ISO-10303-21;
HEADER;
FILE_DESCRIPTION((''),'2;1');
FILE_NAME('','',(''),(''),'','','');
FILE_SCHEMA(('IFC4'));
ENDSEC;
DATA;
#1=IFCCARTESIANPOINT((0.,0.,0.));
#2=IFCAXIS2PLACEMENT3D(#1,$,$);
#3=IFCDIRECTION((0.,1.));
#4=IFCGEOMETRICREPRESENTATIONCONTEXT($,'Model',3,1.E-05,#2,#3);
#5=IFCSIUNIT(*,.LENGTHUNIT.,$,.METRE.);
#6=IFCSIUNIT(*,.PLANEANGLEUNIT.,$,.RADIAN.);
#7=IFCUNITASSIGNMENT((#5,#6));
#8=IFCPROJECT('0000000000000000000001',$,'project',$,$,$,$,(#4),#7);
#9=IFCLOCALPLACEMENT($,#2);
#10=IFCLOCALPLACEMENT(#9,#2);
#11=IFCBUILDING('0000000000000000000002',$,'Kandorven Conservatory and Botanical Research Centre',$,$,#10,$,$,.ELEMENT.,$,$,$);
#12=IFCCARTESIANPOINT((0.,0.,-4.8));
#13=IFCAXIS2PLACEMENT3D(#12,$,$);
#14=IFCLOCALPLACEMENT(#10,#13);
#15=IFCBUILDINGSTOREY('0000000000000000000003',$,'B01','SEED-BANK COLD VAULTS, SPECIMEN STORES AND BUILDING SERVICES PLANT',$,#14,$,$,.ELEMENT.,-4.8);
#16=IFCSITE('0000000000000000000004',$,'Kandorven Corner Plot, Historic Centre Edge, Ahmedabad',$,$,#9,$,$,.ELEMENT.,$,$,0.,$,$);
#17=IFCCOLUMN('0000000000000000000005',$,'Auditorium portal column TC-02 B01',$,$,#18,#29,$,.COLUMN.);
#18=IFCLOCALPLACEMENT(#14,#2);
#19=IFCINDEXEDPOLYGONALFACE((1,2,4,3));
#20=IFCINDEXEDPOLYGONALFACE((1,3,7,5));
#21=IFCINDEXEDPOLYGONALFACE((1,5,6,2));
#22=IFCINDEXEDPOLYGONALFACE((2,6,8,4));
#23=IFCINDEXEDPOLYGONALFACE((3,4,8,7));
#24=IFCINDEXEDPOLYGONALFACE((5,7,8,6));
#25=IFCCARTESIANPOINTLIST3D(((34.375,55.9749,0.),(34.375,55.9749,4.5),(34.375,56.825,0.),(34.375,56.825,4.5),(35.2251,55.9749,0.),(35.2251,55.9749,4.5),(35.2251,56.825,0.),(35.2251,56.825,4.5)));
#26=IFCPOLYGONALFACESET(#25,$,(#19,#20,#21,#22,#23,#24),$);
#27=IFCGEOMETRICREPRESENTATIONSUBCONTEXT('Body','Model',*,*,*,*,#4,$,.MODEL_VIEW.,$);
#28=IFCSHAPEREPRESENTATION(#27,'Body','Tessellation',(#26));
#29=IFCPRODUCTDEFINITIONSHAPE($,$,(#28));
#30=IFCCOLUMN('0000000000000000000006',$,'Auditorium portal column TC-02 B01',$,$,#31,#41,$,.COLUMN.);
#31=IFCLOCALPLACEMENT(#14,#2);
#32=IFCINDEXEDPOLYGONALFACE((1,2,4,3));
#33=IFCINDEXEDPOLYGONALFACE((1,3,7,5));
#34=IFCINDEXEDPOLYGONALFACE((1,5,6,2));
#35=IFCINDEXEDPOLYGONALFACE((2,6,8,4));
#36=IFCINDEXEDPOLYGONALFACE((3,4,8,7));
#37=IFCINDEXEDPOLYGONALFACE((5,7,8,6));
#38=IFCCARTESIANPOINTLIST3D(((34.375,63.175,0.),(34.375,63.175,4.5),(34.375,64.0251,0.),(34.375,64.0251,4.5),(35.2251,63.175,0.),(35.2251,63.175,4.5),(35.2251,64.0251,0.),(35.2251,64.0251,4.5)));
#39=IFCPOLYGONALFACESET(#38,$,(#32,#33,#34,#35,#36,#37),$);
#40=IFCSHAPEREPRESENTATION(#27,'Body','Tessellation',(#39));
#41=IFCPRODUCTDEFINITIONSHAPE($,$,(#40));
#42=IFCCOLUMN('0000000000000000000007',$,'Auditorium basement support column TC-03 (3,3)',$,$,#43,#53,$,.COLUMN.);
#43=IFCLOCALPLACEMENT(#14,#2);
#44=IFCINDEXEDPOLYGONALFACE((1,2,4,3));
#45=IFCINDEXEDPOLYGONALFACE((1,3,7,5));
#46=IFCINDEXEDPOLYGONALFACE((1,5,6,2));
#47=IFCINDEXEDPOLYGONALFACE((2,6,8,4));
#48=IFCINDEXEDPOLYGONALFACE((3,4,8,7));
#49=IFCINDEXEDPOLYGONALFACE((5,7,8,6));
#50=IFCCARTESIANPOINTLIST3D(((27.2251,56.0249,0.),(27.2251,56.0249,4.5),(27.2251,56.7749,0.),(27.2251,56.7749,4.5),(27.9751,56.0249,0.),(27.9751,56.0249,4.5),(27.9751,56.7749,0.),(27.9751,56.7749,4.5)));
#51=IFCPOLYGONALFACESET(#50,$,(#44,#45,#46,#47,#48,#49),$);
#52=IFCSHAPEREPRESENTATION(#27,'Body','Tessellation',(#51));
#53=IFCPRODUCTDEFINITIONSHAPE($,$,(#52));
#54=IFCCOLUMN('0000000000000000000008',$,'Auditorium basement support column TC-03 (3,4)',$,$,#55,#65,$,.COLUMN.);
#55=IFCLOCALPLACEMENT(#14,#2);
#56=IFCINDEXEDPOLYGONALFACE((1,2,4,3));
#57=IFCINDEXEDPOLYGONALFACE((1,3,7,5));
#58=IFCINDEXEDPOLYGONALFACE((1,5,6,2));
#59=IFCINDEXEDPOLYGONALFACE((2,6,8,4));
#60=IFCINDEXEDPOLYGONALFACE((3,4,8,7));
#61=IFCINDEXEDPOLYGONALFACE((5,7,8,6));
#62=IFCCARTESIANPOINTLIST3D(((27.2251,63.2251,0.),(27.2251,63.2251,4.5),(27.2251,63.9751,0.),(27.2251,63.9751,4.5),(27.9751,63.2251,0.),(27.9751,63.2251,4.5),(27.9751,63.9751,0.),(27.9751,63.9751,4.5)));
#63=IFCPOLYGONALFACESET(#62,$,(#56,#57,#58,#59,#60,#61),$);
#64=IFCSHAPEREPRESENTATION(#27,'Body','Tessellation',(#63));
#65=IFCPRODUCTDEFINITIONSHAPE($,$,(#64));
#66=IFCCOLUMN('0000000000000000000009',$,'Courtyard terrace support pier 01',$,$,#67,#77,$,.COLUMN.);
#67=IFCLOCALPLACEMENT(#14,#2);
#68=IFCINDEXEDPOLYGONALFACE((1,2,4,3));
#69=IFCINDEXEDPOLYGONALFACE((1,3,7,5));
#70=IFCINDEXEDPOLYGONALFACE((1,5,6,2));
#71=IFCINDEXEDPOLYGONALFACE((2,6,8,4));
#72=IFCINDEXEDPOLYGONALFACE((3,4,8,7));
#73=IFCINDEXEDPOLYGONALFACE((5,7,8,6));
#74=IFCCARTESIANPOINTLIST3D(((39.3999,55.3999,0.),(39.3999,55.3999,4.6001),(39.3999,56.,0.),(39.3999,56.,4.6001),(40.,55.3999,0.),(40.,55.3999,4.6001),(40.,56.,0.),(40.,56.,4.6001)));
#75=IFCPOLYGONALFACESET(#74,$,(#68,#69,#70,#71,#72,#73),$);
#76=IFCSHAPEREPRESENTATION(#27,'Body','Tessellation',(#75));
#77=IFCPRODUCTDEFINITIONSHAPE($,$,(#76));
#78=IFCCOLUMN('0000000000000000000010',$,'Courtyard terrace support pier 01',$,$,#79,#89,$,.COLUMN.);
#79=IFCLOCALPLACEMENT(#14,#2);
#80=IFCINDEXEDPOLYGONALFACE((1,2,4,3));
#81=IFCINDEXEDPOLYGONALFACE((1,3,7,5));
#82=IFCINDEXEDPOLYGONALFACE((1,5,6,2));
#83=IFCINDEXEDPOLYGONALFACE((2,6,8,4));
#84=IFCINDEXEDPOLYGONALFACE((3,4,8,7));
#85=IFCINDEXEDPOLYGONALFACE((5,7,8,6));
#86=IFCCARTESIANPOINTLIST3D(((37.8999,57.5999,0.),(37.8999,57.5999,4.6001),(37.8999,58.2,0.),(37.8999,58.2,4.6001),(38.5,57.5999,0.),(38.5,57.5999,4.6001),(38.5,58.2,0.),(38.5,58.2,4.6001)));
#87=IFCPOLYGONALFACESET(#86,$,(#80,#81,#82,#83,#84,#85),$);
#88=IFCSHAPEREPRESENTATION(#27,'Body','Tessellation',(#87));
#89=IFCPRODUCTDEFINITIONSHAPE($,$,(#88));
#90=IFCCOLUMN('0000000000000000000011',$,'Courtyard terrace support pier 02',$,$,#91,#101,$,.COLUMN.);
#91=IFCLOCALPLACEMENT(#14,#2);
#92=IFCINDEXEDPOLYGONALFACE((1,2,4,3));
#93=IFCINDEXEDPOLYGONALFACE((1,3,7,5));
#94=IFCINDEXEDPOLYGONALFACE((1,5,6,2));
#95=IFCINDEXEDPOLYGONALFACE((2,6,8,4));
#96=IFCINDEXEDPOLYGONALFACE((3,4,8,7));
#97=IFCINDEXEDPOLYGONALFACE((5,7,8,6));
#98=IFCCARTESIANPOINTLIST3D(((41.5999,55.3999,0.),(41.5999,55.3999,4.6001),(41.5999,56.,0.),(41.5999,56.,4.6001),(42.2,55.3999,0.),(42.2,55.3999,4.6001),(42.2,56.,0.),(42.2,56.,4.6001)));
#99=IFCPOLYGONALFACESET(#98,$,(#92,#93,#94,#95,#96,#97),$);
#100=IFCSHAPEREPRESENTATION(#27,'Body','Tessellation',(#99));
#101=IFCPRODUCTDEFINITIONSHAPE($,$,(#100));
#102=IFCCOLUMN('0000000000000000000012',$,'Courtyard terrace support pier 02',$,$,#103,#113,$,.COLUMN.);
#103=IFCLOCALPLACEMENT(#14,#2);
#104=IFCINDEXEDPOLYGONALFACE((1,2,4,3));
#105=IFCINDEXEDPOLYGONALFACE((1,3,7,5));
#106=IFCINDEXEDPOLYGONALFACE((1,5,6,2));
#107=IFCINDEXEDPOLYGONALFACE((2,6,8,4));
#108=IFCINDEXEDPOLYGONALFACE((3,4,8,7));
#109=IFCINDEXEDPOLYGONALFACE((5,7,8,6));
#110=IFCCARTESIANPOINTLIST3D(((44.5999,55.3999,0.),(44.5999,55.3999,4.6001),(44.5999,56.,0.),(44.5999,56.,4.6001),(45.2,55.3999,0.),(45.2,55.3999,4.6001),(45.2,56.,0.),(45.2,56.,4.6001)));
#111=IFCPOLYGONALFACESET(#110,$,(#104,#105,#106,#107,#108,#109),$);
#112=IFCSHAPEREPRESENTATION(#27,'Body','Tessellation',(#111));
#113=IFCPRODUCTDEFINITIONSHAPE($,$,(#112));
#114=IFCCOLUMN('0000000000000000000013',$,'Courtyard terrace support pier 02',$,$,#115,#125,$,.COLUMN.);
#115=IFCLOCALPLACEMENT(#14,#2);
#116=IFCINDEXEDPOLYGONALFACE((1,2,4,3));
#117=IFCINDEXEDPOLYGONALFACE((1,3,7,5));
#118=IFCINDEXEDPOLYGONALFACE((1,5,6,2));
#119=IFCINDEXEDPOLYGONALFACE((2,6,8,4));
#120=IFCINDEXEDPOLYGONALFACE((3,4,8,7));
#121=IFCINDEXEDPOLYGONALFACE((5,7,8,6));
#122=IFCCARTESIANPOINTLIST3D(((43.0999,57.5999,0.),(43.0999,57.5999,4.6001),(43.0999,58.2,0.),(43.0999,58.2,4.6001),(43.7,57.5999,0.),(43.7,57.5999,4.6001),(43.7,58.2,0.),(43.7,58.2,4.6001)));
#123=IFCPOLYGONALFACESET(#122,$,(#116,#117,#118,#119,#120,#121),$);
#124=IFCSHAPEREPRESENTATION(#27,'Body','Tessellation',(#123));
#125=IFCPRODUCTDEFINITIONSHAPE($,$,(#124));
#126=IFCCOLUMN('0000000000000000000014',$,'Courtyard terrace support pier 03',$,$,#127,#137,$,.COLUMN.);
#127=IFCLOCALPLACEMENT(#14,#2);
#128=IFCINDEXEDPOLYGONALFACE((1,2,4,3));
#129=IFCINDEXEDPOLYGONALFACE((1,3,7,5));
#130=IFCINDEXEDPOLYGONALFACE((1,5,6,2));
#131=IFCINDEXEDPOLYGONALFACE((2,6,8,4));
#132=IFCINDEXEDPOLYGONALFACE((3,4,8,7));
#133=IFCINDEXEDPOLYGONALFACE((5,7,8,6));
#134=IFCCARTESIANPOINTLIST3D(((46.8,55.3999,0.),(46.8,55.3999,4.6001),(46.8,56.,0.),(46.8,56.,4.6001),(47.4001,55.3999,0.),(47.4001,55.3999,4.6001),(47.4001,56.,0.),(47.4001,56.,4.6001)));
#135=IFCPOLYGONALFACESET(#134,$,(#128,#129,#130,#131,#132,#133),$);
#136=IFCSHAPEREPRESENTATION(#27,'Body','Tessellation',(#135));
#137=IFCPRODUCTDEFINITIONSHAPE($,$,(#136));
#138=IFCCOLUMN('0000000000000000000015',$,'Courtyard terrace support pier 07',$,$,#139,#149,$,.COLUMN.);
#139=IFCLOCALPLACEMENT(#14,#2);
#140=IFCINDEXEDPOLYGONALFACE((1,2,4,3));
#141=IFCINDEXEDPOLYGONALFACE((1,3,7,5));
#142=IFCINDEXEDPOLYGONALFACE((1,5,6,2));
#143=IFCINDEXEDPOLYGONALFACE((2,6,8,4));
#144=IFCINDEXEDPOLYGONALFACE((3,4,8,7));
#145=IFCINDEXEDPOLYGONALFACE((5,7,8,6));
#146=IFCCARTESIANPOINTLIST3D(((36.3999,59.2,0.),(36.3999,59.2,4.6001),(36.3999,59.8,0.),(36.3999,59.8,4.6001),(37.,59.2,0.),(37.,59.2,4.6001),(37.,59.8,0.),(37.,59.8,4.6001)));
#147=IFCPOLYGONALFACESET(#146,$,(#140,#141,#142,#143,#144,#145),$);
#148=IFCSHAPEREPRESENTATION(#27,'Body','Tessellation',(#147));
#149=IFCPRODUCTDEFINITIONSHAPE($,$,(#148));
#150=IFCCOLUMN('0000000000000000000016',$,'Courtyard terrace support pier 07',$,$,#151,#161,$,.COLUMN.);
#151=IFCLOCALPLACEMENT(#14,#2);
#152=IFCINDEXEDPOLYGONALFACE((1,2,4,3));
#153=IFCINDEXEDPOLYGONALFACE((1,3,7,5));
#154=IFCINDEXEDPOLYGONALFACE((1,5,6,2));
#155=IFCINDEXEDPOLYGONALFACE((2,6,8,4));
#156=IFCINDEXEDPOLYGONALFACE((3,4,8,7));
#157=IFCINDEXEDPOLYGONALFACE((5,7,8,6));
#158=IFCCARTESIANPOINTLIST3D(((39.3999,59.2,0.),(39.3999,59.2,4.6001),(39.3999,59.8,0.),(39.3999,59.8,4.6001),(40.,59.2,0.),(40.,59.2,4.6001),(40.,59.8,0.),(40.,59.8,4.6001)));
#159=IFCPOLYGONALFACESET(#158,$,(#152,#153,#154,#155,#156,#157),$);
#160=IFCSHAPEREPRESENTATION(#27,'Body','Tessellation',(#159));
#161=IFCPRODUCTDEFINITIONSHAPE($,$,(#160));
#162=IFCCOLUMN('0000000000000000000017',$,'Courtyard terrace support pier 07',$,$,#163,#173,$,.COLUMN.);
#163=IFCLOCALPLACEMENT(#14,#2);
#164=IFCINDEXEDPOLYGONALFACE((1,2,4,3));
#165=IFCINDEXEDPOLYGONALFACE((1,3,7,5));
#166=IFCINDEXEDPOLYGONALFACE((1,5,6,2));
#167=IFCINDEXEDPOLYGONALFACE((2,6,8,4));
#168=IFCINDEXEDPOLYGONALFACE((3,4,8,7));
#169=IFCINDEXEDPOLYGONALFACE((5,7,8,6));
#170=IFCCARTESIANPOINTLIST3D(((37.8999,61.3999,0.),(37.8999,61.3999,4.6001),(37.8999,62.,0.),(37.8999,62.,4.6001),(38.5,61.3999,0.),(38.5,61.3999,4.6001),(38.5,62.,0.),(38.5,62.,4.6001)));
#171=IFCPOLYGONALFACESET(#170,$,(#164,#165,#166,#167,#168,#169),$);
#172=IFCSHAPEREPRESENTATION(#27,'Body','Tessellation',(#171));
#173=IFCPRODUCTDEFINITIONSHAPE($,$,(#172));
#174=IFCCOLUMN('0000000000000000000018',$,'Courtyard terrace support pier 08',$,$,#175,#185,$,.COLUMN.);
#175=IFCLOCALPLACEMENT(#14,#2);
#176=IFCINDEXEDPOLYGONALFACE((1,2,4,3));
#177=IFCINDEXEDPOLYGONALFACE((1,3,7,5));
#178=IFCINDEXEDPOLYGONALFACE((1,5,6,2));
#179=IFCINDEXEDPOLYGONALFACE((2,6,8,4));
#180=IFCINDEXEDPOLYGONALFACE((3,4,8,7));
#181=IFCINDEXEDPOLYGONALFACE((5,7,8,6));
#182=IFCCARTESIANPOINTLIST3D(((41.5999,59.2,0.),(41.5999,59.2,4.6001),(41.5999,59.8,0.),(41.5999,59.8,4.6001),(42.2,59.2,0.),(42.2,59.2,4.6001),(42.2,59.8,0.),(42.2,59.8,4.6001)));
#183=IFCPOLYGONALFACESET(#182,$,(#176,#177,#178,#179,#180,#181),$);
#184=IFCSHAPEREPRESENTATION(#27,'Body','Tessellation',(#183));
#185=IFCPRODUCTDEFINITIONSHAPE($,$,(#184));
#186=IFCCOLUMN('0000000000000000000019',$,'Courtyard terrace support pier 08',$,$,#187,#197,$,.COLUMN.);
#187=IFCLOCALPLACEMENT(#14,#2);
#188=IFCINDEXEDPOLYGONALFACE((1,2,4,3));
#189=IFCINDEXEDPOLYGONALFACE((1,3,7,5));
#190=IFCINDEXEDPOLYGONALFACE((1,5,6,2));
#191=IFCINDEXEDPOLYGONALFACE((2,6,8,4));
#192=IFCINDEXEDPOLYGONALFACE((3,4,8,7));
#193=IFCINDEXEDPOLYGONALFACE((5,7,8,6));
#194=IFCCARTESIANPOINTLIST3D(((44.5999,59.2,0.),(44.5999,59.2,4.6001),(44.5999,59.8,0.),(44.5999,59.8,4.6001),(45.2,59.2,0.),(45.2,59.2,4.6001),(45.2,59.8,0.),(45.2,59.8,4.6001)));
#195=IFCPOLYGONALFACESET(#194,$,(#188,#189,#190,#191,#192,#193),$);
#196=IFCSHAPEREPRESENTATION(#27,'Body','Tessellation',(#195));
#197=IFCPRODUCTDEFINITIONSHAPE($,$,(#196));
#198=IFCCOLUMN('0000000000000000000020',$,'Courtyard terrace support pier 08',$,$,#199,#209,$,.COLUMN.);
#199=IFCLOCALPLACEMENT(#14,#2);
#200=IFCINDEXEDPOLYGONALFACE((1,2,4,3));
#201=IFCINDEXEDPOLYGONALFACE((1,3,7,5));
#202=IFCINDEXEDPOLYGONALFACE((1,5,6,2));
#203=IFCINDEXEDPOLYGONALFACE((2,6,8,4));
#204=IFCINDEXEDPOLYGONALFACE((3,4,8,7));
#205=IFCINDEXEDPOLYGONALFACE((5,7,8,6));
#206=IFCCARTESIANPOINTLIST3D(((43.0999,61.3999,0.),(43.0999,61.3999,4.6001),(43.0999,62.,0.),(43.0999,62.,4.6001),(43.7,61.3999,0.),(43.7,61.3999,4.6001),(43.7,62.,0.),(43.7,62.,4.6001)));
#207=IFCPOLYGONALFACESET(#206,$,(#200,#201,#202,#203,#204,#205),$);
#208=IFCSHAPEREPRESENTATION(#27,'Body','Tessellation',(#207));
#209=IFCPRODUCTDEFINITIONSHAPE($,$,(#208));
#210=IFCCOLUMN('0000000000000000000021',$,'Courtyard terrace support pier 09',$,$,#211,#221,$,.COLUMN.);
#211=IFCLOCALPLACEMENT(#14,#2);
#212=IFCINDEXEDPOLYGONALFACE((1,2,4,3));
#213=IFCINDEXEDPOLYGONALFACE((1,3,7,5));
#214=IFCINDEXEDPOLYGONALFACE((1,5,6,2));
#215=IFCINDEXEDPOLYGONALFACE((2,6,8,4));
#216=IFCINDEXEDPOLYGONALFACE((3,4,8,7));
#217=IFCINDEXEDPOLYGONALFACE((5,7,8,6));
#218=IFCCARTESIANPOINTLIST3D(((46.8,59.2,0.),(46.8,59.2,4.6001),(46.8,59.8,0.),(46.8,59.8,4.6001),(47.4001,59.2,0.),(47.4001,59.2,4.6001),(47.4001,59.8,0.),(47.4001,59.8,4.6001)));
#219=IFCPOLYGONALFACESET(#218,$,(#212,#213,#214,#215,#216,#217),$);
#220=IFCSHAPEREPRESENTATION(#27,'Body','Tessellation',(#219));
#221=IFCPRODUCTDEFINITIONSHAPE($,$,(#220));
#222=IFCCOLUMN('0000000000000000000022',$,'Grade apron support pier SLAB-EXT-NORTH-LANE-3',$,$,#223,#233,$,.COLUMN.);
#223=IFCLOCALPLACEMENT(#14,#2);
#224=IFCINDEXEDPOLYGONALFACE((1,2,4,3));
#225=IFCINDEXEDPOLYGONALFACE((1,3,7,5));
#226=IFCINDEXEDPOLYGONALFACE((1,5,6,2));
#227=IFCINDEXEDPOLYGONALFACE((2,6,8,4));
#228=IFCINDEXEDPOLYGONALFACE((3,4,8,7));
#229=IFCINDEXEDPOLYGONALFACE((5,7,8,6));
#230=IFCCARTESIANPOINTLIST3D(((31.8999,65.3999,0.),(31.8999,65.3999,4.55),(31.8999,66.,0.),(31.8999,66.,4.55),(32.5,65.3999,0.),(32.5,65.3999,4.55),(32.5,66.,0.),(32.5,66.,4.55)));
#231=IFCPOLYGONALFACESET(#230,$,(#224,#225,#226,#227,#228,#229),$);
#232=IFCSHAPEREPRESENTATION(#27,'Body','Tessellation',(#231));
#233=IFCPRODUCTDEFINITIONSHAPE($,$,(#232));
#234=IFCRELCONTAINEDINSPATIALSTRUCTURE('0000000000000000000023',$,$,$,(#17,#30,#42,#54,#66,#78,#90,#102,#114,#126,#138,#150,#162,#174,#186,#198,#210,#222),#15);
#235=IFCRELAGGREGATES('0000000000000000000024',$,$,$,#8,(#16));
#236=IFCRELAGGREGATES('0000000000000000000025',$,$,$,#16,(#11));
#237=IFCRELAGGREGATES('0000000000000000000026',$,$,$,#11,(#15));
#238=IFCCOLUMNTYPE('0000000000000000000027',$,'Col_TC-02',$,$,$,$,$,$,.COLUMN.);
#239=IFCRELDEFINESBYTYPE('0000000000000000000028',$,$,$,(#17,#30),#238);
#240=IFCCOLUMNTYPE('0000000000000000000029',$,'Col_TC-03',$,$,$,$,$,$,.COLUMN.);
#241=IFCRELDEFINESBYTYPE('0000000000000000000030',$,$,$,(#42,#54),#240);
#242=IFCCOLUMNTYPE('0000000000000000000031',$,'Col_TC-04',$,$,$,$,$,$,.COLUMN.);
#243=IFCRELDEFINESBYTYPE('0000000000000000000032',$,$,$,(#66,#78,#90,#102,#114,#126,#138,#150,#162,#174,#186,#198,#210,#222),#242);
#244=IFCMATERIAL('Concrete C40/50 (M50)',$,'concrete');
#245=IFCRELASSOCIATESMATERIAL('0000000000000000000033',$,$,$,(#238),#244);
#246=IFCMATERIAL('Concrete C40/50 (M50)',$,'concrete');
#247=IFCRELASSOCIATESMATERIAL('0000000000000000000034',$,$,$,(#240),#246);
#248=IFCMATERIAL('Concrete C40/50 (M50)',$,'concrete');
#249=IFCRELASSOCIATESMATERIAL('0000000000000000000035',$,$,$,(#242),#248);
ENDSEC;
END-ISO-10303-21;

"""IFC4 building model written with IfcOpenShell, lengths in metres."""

from ifc_helpers import new_model, si_unit, direction, frame, origin, origin_2d, place, context, subcontext, project, spatial, rectangle, extrude, material, material_profile, profile_set, type_object, element, save


model = new_model("IFC4")

# Units and contexts
model_context = context("Model", 3, precision=1e-05, world=origin(), true_north=direction((0.0, 1.0)))
body_context = subcontext(model_context, "Body", "Model", "MODEL_VIEW")
ifc_project = project(units=[si_unit("LENGTHUNIT", "METRE"), si_unit("PLANEANGLEUNIT", "RADIAN")], contexts=[model_context])

# Site, building, storey
site_placement = place(None, origin())
site = spatial("IfcSite", under=ifc_project, at=site_placement, Name="Kandorven Corner Plot, Historic Centre Edge, Ahmedabad", CompositionType="ELEMENT", RefElevation=0.0)
building_placement = place(site_placement, origin())
building = spatial("IfcBuilding", under=site, at=building_placement, Name="Kandorven Conservatory and Botanical Research Centre", CompositionType="ELEMENT")
storey_placement = place(building_placement, frame((0.0, 0.0, -4.8)))
storey = spatial("IfcBuildingStorey", under=building, at=storey_placement, Name="B01", Description="SEED-BANK COLD VAULTS, SPECIMEN STORES AND BUILDING SERVICES PLANT", CompositionType="ELEMENT", Elevation=-4.8)

# Columns
ifc_material_1 = material(Name="Concrete C40/50 (M50)", Category="concrete")
ifc_material_profile_1 = material_profile(ifc_material_1, rectangle(XDim=0.8501, YDim=0.8501, at=origin_2d()))
ifc_profile_set_1 = profile_set([ifc_material_profile_1], Name="Concrete C40/50 (M50)")
column_type_1 = type_object("IfcColumnType", Name="Col_TC-02", PredefinedType="COLUMN", material=ifc_profile_set_1)
for number, where, z_axis, x_axis, name in (
    (1, (34.8, 56.3999, 0.0), (0.0, 0.0, 1.0), (1.0, 0.0, 0.0), "Auditorium portal column TC-02 B01"),
    (2, (34.8, 63.6001, 0.0), (0.0, 0.0, 1.0), (1.0, 0.0, 0.0), "Auditorium portal column TC-02 B01"),
):
    element("IfcColumn", number, at=place(storey_placement, frame(where, z_axis=z_axis, x_axis=x_axis)), inside=storey, type_object=column_type_1, Name=name, PredefinedType="COLUMN", context=body_context, shape_type="SweptSolid", body=[
        extrude(rectangle(XDim=0.8501, YDim=0.8501, at=origin_2d()), origin(), (0.0, 0.0, 1.0), 4.5),
    ])
ifc_material_2 = material(Name="Concrete C40/50 (M50)", Category="concrete")
ifc_material_profile_2 = material_profile(ifc_material_2, rectangle(XDim=0.75, YDim=0.75, at=origin_2d()))
ifc_profile_set_2 = profile_set([ifc_material_profile_2], Name="Concrete C40/50 (M50)")
column_type_2 = type_object("IfcColumnType", Name="Col_TC-03", PredefinedType="COLUMN", material=ifc_profile_set_2)
for number, where, z_axis, x_axis, name in (
    (3, (27.6001, 56.3999, 0.0), (0.0, 0.0, 1.0), (1.0, 0.0, 0.0), "Auditorium basement support column TC-03 (3,3)"),
    (4, (27.6001, 63.6001, 0.0), (0.0, 0.0, 1.0), (1.0, 0.0, 0.0), "Auditorium basement support column TC-03 (3,4)"),
):
    element("IfcColumn", number, at=place(storey_placement, frame(where, z_axis=z_axis, x_axis=x_axis)), inside=storey, type_object=column_type_2, Name=name, PredefinedType="COLUMN", context=body_context, shape_type="SweptSolid", body=[
        extrude(rectangle(XDim=0.75, YDim=0.75, at=origin_2d()), origin(), (0.0, 0.0, 1.0), 4.5),
    ])
ifc_material_3 = material(Name="Concrete C40/50 (M50)", Category="concrete")
ifc_material_profile_3 = material_profile(ifc_material_3, rectangle(XDim=0.6001, YDim=0.6001, at=origin_2d()))
ifc_profile_set_3 = profile_set([ifc_material_profile_3], Name="Concrete C40/50 (M50)")
column_type_3 = type_object("IfcColumnType", Name="Col_TC-04", PredefinedType="COLUMN", material=ifc_profile_set_3)
for number, where, z_axis, x_axis, name in (
    (5, (39.7, 55.7, 0.0), (0.0, 0.0, 1.0), (1.0, 0.0, 0.0), "Courtyard terrace support pier 01"),
    (6, (38.2, 57.8999, 0.0), (0.0, 0.0, 1.0), (1.0, 0.0, 0.0), "Courtyard terrace support pier 01"),
    (7, (41.8999, 55.7, 0.0), (0.0, 0.0, 1.0), (1.0, 0.0, 0.0), "Courtyard terrace support pier 02"),
    (8, (44.8999, 55.7, 0.0), (0.0, 0.0, 1.0), (1.0, 0.0, 0.0), "Courtyard terrace support pier 02"),
    (9, (43.3999, 57.8999, 0.0), (0.0, 0.0, 1.0), (1.0, 0.0, 0.0), "Courtyard terrace support pier 02"),
    (10, (47.1001, 55.7, 0.0), (0.0, 0.0, 1.0), (1.0, 0.0, 0.0), "Courtyard terrace support pier 03"),
    (11, (36.7, 59.5, 0.0), (0.0, 0.0, 1.0), (1.0, 0.0, 0.0), "Courtyard terrace support pier 07"),
    (12, (39.7, 59.5, 0.0), (0.0, 0.0, 1.0), (1.0, 0.0, 0.0), "Courtyard terrace support pier 07"),
    (13, (38.2, 61.7, 0.0), (0.0, 0.0, 1.0), (1.0, 0.0, 0.0), "Courtyard terrace support pier 07"),
    (14, (41.8999, 59.5, 0.0), (0.0, 0.0, 1.0), (1.0, 0.0, 0.0), "Courtyard terrace support pier 08"),
    (15, (44.8999, 59.5, 0.0), (0.0, 0.0, 1.0), (1.0, 0.0, 0.0), "Courtyard terrace support pier 08"),
    (16, (43.3999, 61.7, 0.0), (0.0, 0.0, 1.0), (1.0, 0.0, 0.0), "Courtyard terrace support pier 08"),
    (17, (47.1001, 59.5, 0.0), (0.0, 0.0, 1.0), (1.0, 0.0, 0.0), "Courtyard terrace support pier 09"),
):
    element("IfcColumn", number, at=place(storey_placement, frame(where, z_axis=z_axis, x_axis=x_axis)), inside=storey, type_object=column_type_3, Name=name, PredefinedType="COLUMN", context=body_context, shape_type="SweptSolid", body=[
        extrude(rectangle(XDim=0.6001, YDim=0.6001, at=origin_2d()), origin(), (0.0, 0.0, 1.0), 4.6001),
    ])
column_placement = place(storey_placement, frame((32.2, 65.7, 0.0), z_axis=(0.0, 0.0, 1.0), x_axis=(1.0, 0.0, 0.0)))
element("IfcColumn", 18, at=column_placement, inside=storey, type_object=column_type_3, Name="Grade apron support pier SLAB-EXT-NORTH-LANE-3", PredefinedType="COLUMN", context=body_context, shape_type="SweptSolid", body=[
    extrude(rectangle(XDim=0.6001, YDim=0.6001, at=origin_2d()), origin(), (0.0, 0.0, 1.0), 4.55),
])

save(model, "model.ifc")
